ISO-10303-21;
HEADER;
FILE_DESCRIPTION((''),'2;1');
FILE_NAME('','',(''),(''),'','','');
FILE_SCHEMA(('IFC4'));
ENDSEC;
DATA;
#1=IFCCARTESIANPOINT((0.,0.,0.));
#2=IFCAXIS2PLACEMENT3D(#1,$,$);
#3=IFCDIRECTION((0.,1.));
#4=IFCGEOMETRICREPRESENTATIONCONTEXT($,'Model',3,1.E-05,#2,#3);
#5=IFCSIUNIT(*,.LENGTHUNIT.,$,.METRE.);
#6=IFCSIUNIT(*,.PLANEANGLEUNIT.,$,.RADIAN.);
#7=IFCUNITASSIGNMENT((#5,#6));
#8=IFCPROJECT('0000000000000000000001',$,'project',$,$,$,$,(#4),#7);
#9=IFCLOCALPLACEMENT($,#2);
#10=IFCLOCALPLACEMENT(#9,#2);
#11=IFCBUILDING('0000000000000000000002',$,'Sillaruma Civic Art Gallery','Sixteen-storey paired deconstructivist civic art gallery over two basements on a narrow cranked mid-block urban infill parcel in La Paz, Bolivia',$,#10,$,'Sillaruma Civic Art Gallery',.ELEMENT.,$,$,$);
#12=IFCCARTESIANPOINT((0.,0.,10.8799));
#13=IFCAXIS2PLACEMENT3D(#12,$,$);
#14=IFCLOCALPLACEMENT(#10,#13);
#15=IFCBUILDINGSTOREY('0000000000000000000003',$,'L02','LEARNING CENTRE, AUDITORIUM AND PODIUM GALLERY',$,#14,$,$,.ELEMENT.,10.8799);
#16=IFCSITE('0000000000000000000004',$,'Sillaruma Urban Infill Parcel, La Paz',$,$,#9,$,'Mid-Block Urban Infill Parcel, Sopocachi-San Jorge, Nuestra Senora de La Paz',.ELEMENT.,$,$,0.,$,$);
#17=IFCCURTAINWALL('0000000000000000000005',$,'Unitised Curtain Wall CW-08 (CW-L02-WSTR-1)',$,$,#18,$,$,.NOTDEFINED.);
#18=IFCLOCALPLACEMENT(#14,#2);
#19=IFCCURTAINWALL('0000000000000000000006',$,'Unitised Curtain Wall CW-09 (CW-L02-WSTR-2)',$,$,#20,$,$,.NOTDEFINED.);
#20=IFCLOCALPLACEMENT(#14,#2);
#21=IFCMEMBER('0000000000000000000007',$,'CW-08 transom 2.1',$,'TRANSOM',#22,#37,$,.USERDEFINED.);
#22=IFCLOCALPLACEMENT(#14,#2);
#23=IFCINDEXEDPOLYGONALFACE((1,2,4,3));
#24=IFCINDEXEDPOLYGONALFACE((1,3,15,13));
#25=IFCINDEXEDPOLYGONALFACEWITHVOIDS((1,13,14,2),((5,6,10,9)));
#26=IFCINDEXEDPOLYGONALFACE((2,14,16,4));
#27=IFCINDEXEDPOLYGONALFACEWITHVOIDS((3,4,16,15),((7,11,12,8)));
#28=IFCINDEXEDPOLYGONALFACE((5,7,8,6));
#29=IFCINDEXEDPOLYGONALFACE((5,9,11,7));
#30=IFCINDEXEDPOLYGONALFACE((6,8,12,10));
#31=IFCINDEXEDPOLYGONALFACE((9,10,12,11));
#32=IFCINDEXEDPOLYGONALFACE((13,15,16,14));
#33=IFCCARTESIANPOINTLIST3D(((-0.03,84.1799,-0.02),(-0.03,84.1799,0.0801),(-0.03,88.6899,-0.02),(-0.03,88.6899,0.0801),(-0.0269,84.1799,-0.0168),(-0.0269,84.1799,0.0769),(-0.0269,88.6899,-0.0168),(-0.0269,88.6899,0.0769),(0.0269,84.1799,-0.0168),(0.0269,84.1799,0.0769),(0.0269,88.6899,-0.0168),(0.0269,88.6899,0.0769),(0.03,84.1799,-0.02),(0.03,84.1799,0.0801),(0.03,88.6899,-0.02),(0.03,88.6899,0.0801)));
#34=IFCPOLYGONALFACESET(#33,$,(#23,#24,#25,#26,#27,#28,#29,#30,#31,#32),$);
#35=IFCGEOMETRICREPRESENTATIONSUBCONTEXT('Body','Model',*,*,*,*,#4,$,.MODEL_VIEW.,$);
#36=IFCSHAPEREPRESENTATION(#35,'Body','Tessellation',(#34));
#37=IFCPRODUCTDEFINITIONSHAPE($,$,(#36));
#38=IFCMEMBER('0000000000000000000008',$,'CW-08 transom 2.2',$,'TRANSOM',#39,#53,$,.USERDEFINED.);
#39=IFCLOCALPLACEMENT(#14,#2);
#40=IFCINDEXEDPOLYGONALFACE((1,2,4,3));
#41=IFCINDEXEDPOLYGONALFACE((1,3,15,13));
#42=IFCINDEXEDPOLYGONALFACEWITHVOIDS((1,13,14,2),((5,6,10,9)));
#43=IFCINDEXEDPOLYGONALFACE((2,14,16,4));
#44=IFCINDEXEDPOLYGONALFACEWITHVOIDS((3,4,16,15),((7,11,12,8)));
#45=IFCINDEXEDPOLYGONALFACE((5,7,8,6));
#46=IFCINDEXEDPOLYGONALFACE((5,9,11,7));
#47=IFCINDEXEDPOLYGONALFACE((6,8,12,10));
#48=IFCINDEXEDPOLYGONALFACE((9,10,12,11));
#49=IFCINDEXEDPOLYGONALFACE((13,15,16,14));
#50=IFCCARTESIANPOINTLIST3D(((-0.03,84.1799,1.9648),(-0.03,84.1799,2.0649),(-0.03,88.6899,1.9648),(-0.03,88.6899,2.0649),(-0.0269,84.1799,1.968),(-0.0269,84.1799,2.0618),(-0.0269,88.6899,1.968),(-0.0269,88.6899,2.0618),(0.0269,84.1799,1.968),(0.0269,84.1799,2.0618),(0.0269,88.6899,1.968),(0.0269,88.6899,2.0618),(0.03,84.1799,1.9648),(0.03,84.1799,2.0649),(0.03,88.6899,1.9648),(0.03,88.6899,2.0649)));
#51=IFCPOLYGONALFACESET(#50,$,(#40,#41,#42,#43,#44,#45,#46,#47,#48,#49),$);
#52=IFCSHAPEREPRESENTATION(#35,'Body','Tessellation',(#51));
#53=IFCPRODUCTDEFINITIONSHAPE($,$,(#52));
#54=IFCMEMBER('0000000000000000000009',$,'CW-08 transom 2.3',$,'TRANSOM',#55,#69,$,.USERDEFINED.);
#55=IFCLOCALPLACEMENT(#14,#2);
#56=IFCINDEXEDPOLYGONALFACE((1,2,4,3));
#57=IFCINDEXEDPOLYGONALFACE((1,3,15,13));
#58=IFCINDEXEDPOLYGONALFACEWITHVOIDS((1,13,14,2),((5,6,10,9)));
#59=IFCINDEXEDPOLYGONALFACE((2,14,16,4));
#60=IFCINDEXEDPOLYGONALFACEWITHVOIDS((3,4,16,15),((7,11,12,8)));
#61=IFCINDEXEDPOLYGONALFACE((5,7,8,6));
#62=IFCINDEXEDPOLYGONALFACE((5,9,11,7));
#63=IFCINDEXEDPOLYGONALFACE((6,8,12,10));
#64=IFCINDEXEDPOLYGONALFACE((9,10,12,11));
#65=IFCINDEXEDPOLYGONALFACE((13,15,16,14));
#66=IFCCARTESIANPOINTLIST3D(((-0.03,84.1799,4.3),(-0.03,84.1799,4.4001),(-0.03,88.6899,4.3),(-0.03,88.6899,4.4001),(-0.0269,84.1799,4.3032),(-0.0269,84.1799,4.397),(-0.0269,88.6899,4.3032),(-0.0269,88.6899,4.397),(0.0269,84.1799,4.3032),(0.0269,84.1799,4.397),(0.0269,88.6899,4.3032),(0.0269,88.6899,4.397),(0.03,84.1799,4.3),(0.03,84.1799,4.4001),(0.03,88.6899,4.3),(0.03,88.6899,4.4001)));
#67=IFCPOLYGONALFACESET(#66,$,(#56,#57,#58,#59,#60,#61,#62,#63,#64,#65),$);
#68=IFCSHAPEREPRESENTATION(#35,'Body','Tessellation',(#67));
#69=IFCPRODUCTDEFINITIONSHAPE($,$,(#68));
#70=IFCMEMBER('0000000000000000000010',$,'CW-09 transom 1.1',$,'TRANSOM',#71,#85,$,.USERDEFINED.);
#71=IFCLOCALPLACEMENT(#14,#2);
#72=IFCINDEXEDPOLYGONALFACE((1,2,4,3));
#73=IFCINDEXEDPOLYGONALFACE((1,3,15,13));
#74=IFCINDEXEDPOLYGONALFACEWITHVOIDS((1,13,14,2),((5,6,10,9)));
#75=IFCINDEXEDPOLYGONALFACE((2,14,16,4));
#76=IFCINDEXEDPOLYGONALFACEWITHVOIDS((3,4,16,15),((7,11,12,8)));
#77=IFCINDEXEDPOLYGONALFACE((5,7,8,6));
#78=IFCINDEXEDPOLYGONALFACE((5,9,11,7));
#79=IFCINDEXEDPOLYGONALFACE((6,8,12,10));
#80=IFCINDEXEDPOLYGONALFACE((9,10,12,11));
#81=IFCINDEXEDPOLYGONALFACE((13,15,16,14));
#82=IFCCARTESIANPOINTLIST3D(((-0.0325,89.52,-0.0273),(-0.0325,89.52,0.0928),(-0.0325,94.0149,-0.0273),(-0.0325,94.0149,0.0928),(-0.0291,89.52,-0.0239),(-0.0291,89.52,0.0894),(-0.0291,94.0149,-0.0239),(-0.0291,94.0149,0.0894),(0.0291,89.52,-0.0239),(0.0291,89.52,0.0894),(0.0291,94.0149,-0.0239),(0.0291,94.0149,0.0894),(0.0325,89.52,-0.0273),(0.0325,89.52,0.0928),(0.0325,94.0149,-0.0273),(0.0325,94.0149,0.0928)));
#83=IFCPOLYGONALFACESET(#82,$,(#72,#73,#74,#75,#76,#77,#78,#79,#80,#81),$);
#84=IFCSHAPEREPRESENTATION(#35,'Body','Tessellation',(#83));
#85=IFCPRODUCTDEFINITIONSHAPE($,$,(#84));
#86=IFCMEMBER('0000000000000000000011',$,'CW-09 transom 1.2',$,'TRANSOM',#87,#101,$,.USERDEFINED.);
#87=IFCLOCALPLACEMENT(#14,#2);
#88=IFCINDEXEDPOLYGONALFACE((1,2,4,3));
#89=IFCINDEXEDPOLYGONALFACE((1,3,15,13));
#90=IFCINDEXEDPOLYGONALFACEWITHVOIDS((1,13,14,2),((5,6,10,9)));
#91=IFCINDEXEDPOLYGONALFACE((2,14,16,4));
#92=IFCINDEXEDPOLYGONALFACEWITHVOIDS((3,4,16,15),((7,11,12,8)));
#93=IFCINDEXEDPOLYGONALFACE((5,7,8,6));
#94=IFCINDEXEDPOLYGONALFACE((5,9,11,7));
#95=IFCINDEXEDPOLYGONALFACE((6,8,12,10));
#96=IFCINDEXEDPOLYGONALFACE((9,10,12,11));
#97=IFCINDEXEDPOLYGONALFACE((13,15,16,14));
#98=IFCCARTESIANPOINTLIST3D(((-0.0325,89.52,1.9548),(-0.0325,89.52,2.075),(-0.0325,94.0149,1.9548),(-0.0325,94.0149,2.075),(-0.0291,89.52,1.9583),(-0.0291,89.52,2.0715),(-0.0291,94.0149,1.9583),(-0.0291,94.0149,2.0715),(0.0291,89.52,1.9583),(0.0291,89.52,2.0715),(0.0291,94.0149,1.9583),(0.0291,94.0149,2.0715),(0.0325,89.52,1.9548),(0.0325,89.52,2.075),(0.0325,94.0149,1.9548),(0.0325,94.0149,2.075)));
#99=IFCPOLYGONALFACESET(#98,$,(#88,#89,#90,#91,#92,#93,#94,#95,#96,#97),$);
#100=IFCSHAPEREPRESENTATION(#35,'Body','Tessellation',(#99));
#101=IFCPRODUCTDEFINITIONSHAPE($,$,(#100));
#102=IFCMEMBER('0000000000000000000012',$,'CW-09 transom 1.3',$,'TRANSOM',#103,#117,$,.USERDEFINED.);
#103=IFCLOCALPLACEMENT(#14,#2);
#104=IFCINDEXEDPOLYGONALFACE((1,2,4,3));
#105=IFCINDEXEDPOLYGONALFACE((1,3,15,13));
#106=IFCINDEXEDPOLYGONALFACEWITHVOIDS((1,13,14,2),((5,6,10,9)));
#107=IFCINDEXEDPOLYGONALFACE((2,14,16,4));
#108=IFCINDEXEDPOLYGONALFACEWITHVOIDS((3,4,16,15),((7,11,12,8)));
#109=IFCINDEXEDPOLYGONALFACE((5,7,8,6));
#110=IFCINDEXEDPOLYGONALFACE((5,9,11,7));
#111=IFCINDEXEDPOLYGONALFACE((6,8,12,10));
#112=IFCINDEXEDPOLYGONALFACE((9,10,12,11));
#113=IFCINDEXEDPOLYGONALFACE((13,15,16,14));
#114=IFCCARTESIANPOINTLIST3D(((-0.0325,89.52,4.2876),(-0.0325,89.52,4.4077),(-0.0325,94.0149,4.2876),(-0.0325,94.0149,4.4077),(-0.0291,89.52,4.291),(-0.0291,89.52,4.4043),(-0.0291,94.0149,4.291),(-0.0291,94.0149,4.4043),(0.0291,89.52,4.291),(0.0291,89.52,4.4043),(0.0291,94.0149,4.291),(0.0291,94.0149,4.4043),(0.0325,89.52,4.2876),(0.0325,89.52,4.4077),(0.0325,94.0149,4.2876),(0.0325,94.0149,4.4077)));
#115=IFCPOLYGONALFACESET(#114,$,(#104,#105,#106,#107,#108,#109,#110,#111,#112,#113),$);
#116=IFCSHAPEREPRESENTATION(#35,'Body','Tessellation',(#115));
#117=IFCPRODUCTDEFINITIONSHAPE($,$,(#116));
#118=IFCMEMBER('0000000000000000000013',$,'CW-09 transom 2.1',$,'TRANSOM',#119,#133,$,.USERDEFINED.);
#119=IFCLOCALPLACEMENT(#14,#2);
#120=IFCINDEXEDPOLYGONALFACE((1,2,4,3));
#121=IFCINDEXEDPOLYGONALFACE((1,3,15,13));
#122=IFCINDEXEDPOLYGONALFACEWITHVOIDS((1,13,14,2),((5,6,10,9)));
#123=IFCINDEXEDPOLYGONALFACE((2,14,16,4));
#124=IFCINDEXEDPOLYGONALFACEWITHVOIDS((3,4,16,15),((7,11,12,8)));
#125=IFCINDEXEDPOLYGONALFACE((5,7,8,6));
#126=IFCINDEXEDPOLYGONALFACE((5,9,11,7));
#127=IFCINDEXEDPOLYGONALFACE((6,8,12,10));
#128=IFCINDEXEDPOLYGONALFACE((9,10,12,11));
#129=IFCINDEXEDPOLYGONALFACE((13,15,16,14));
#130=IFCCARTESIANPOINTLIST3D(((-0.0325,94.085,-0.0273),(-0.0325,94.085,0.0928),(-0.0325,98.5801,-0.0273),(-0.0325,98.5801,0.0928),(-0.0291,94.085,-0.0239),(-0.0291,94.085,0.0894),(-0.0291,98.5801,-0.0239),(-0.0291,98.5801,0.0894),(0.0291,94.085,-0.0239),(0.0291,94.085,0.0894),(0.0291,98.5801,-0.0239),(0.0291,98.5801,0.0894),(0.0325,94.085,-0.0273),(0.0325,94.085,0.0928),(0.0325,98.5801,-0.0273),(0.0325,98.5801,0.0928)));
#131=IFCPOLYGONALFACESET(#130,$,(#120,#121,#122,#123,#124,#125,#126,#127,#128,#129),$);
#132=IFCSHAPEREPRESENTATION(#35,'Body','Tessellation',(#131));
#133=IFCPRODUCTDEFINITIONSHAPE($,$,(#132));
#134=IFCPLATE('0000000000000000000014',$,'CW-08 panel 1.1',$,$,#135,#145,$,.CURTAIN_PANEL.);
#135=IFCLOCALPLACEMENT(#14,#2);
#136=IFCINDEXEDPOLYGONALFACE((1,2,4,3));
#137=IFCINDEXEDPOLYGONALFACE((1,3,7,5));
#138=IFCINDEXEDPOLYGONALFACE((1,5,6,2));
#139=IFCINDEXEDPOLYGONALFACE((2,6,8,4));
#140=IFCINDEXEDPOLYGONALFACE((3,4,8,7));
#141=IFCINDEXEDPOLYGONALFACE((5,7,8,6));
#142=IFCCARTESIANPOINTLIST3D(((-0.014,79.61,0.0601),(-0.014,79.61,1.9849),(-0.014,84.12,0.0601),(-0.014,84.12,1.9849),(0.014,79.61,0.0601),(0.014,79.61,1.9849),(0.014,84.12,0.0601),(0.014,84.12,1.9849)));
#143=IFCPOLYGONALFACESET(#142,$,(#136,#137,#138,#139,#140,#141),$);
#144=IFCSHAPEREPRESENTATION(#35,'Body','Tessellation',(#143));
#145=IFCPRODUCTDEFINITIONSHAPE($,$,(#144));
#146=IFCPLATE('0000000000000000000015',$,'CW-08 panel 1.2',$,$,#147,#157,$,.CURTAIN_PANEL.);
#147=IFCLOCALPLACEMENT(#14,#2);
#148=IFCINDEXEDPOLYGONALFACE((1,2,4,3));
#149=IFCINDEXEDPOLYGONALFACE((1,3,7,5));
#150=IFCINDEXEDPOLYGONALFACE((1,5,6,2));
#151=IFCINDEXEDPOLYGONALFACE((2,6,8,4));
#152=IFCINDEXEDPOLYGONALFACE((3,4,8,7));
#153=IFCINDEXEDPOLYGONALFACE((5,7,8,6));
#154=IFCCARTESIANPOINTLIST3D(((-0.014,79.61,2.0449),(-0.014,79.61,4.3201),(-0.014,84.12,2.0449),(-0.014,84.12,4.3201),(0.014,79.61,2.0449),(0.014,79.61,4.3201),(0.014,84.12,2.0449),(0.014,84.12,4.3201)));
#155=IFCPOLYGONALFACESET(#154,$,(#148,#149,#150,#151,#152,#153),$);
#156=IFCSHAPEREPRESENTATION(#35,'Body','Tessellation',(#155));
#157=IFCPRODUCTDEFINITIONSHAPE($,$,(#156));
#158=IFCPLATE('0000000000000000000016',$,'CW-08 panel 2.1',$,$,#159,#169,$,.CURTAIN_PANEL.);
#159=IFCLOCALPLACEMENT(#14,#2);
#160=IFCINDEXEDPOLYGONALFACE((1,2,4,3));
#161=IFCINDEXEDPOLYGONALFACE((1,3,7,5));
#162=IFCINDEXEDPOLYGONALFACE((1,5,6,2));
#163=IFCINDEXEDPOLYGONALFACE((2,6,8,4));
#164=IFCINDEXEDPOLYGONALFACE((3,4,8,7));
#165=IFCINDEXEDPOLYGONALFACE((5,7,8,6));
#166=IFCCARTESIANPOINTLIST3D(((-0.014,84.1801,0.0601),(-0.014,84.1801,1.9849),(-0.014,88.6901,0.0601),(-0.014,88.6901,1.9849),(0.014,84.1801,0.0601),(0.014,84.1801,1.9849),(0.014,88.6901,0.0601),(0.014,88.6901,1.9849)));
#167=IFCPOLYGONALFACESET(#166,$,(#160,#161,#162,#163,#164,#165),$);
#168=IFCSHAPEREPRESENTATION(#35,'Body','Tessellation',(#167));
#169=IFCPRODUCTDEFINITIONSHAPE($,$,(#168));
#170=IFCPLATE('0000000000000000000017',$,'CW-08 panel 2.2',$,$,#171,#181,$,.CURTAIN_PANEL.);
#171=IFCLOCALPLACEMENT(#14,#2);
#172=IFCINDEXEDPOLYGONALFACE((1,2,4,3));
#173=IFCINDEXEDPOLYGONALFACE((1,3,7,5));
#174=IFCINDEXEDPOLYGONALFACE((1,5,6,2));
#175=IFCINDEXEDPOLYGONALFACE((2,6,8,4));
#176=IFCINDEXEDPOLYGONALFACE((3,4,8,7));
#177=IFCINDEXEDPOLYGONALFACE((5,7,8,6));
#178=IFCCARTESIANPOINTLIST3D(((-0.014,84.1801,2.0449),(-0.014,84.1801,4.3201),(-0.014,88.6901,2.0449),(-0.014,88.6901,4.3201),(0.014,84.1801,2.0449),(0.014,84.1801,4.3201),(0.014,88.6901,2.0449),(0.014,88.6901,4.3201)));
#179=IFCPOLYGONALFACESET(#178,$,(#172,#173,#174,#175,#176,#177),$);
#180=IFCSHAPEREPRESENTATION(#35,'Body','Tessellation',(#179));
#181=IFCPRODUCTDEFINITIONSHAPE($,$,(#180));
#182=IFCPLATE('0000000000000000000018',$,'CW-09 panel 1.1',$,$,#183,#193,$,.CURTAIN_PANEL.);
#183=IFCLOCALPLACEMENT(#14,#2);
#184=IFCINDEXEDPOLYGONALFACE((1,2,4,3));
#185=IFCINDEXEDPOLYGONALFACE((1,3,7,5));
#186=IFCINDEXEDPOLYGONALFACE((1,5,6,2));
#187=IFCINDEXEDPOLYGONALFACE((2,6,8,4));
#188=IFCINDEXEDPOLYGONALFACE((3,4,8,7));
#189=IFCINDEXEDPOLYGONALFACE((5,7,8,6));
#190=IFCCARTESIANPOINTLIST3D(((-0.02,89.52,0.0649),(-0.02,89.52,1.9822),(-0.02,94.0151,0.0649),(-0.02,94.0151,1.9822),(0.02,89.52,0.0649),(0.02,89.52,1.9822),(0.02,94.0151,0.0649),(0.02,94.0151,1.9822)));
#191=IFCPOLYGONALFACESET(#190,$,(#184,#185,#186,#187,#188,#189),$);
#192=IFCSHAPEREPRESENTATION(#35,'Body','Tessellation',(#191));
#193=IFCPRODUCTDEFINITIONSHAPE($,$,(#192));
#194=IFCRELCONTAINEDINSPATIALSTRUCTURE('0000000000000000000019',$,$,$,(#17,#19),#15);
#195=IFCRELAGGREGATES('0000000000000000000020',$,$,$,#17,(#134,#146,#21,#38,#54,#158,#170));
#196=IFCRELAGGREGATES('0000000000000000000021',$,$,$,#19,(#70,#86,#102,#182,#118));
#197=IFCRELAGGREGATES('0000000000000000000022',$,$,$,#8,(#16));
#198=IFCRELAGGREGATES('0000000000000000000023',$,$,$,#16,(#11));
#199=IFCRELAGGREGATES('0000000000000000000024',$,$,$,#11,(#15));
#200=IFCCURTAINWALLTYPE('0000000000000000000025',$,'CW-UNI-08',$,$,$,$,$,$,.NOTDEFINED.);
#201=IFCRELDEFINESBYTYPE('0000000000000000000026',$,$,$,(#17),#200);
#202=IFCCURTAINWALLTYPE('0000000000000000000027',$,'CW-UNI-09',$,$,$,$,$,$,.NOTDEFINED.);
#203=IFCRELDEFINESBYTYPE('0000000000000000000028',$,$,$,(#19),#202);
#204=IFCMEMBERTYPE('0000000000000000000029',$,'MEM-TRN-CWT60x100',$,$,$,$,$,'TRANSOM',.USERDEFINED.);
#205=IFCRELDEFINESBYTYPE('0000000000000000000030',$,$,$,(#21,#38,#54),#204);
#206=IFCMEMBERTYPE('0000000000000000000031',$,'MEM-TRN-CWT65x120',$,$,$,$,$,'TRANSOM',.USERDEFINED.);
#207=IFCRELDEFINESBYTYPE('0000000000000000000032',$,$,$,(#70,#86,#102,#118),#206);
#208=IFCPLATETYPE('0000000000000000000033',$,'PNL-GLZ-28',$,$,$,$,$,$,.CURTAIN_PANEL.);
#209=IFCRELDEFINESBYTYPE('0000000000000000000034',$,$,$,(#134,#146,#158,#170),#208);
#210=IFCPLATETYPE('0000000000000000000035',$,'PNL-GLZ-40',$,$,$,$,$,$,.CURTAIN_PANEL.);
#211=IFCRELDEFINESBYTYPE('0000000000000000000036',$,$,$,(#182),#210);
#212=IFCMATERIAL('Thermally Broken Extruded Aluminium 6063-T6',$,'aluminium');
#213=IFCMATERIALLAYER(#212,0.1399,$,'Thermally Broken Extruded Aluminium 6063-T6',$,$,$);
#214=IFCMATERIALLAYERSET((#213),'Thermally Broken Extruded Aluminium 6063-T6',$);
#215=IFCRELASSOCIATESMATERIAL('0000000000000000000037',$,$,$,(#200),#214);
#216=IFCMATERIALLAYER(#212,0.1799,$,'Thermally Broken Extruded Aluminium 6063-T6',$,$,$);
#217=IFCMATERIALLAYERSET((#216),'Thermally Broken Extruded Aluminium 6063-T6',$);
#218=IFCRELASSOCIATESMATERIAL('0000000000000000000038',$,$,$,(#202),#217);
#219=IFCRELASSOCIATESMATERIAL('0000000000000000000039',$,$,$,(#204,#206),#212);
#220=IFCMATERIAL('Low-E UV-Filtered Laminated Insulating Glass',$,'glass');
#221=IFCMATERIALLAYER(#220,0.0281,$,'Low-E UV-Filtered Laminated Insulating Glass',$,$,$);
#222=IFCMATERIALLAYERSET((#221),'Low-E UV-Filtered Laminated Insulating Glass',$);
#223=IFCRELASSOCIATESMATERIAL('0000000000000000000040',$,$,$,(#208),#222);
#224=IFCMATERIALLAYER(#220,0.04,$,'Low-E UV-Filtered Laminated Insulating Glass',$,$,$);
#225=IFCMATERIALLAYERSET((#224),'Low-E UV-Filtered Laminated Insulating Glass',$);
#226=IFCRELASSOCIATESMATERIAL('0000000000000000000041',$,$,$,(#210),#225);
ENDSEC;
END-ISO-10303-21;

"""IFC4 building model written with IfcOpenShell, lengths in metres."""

from ifc_helpers import new_model, si_unit, direction, frame, origin, origin_2d, place, context, subcontext, project, spatial, rectangle, hollow_rectangle, extrude, material, layer, layer_set, material_profile, profile_set, type_object, element, aggregate, save


model = new_model("IFC4")

# Units and contexts
model_context = context("Model", 3, precision=1e-05, world=origin(), true_north=direction((0.0, 1.0)))
body_context = subcontext(model_context, "Body", "Model", "MODEL_VIEW")
ifc_project = project(units=[si_unit("LENGTHUNIT", "METRE"), si_unit("PLANEANGLEUNIT", "RADIAN")], contexts=[model_context])

# Site, building, storey
site_placement = place(None, origin())
site = spatial("IfcSite", under=ifc_project, at=site_placement, Name="Sillaruma Urban Infill Parcel, La Paz", LongName="Mid-Block Urban Infill Parcel, Sopocachi-San Jorge, Nuestra Senora de La Paz", CompositionType="ELEMENT", RefElevation=0.0)
building_placement = place(site_placement, origin())
building = spatial("IfcBuilding", under=site, at=building_placement, Name="Sillaruma Civic Art Gallery", Description="Sixteen-storey paired deconstructivist civic art gallery over two basements on a narrow cranked mid-block urban infill parcel in La Paz, Bolivia", LongName="Sillaruma Civic Art Gallery", CompositionType="ELEMENT")
storey_placement = place(building_placement, frame((0.0, 0.0, 10.8799)))
storey = spatial("IfcBuildingStorey", under=building, at=storey_placement, Name="L02", Description="LEARNING CENTRE, AUDITORIUM AND PODIUM GALLERY", CompositionType="ELEMENT", Elevation=10.8799)

# Curtain walls
ifc_material_1 = material(Name="Thermally Broken Extruded Aluminium 6063-T6", Category="aluminium")
ifc_layer_1 = layer(ifc_material_1, 0.1399, Name="Thermally Broken Extruded Aluminium 6063-T6")
ifc_layer_set_1 = layer_set([ifc_layer_1], Name="Thermally Broken Extruded Aluminium 6063-T6")
curtain_wall_type_1 = type_object("IfcCurtainWallType", Name="CW-UNI-08", PredefinedType="NOTDEFINED", material=ifc_layer_set_1)
curtain_wall_1_placement = place(storey_placement, origin())
curtain_wall_1 = element("IfcCurtainWall", 1, at=curtain_wall_1_placement, inside=storey, type_object=curtain_wall_type_1, Name="Unitised Curtain Wall CW-08 (CW-L02-WSTR-1)", PredefinedType="NOTDEFINED")
ifc_layer_2 = layer(ifc_material_1, 0.1799, Name="Thermally Broken Extruded Aluminium 6063-T6")
ifc_layer_set_2 = layer_set([ifc_layer_2], Name="Thermally Broken Extruded Aluminium 6063-T6")
curtain_wall_type_2 = type_object("IfcCurtainWallType", Name="CW-UNI-09", PredefinedType="NOTDEFINED", material=ifc_layer_set_2)
curtain_wall_2_placement = place(storey_placement, origin())
curtain_wall_2 = element("IfcCurtainWall", 2, at=curtain_wall_2_placement, inside=storey, type_object=curtain_wall_type_2, Name="Unitised Curtain Wall CW-09 (CW-L02-WSTR-2)", PredefinedType="NOTDEFINED")

# Members
ifc_material_profile_1 = material_profile(ifc_material_1, hollow_rectangle(XDim=0.0601, YDim=0.1001, WallThickness=0.0032, at=origin_2d()), Name="CWT60x100")
ifc_profile_set_1 = profile_set([ifc_material_profile_1], Name="Thermally Broken Extruded Aluminium 6063-T6")
member_type_1 = type_object("IfcMemberType", Name="MEM-TRN-CWT60x100", ElementType="TRANSOM", PredefinedType="USERDEFINED", material=ifc_profile_set_1)
member_1_placement = place(storey_placement, frame((0.0, 84.1799, 0.03), z_axis=(0.0, 1.0, 0.0), x_axis=(-1.0, 0.0, 0.0)))
member_1 = element("IfcMember", 3, at=member_1_placement, type_object=member_type_1, Name="CW-08 transom 2.1", ObjectType="TRANSOM", PredefinedType="USERDEFINED", context=body_context, shape_type="SweptSolid", body=[
    extrude(hollow_rectangle(XDim=0.0601, YDim=0.1001, WallThickness=0.0032, at=origin_2d()), origin(), (0.0, 0.0, 1.0), 4.51),
])
member_2_placement = place(storey_placement, frame((0.0, 84.1799, 2.0149), z_axis=(0.0, 1.0, 0.0), x_axis=(-1.0, 0.0, 0.0)))
member_2 = element("IfcMember", 4, at=member_2_placement, type_object=member_type_1, Name="CW-08 transom 2.2", ObjectType="TRANSOM", PredefinedType="USERDEFINED", context=body_context, shape_type="SweptSolid", body=[
    extrude(hollow_rectangle(XDim=0.0601, YDim=0.1001, WallThickness=0.0032, at=origin_2d()), origin(), (0.0, 0.0, 1.0), 4.51),
])
member_3_placement = place(storey_placement, frame((0.0, 84.1799, 4.3501), z_axis=(0.0, 1.0, 0.0), x_axis=(-1.0, 0.0, 0.0)))
member_3 = element("IfcMember", 5, at=member_3_placement, type_object=member_type_1, Name="CW-08 transom 2.3", ObjectType="TRANSOM", PredefinedType="USERDEFINED", context=body_context, shape_type="SweptSolid", body=[
    extrude(hollow_rectangle(XDim=0.0601, YDim=0.1001, WallThickness=0.0032, at=origin_2d()), origin(), (0.0, 0.0, 1.0), 4.51),
])
ifc_material_profile_2 = material_profile(ifc_material_1, hollow_rectangle(XDim=0.0649, YDim=0.1201, WallThickness=0.0034, at=origin_2d()), Name="CWT65x120")
ifc_profile_set_2 = profile_set([ifc_material_profile_2], Name="Thermally Broken Extruded Aluminium 6063-T6")
member_type_2 = type_object("IfcMemberType", Name="MEM-TRN-CWT65x120", ElementType="TRANSOM", PredefinedType="USERDEFINED", material=ifc_profile_set_2)
member_4_placement = place(storey_placement, frame((0.0, 89.52, 0.0327), z_axis=(0.0, 1.0, 0.0), x_axis=(-1.0, 0.0, 0.0)))
member_4 = element("IfcMember", 6, at=member_4_placement, type_object=member_type_2, Name="CW-09 transom 1.1", ObjectType="TRANSOM", PredefinedType="USERDEFINED", context=body_context, shape_type="SweptSolid", body=[
    extrude(hollow_rectangle(XDim=0.0649, YDim=0.1201, WallThickness=0.0034, at=origin_2d()), origin(), (0.0, 0.0, 1.0), 4.4949),
])
member_5_placement = place(storey_placement, frame((0.0, 89.52, 2.0149), z_axis=(0.0, 1.0, 0.0), x_axis=(-1.0, 0.0, 0.0)))
member_5 = element("IfcMember", 7, at=member_5_placement, type_object=member_type_2, Name="CW-09 transom 1.2", ObjectType="TRANSOM", PredefinedType="USERDEFINED", context=body_context, shape_type="SweptSolid", body=[
    extrude(hollow_rectangle(XDim=0.0649, YDim=0.1201, WallThickness=0.0034, at=origin_2d()), origin(), (0.0, 0.0, 1.0), 4.4949),
])
member_6_placement = place(storey_placement, frame((0.0, 89.52, 4.3477), z_axis=(0.0, 1.0, 0.0), x_axis=(-1.0, 0.0, 0.0)))
member_6 = element("IfcMember", 8, at=member_6_placement, type_object=member_type_2, Name="CW-09 transom 1.3", ObjectType="TRANSOM", PredefinedType="USERDEFINED", context=body_context, shape_type="SweptSolid", body=[
    extrude(hollow_rectangle(XDim=0.0649, YDim=0.1201, WallThickness=0.0034, at=origin_2d()), origin(), (0.0, 0.0, 1.0), 4.4949),
])
member_7_placement = place(storey_placement, frame((0.0, 94.085, 0.0327), z_axis=(0.0, 1.0, 0.0), x_axis=(-1.0, 0.0, 0.0)))
member_7 = element("IfcMember", 9, at=member_7_placement, type_object=member_type_2, Name="CW-09 transom 2.1", ObjectType="TRANSOM", PredefinedType="USERDEFINED", context=body_context, shape_type="SweptSolid", body=[
    extrude(hollow_rectangle(XDim=0.0649, YDim=0.1201, WallThickness=0.0034, at=origin_2d()), origin(), (0.0, 0.0, 1.0), 4.4951),
])

# Plates
ifc_material_2 = material(Name="Low-E UV-Filtered Laminated Insulating Glass", Category="glass")
ifc_layer_3 = layer(ifc_material_2, 0.0281, Name="Low-E UV-Filtered Laminated Insulating Glass")
ifc_layer_set_3 = layer_set([ifc_layer_3], Name="Low-E UV-Filtered Laminated Insulating Glass")
plate_type_1 = type_object("IfcPlateType", Name="PNL-GLZ-28", PredefinedType="CURTAIN_PANEL", material=ifc_layer_set_3)
plate_1_placement = place(storey_placement, frame((0.0, 81.865, 0.0601), z_axis=(0.0, 0.0, 1.0), x_axis=(0.0, 1.0, 0.0)))
plate_1 = element("IfcPlate", 10, at=plate_1_placement, type_object=plate_type_1, Name="CW-08 panel 1.1", PredefinedType="CURTAIN_PANEL", context=body_context, shape_type="SweptSolid", body=[
    extrude(rectangle(XDim=4.51, YDim=0.0281, at=origin_2d()), origin(), (0.0, 0.0, 1.0), 1.9248),
])
plate_2_placement = place(storey_placement, frame((0.0, 81.865, 2.0449), z_axis=(0.0, 0.0, 1.0), x_axis=(0.0, 1.0, 0.0)))
plate_2 = element("IfcPlate", 11, at=plate_2_placement, type_object=plate_type_1, Name="CW-08 panel 1.2", PredefinedType="CURTAIN_PANEL", context=body_context, shape_type="SweptSolid", body=[
    extrude(rectangle(XDim=4.51, YDim=0.0281, at=origin_2d()), origin(), (0.0, 0.0, 1.0), 2.2751),
])
plate_3_placement = place(storey_placement, frame((0.0, 86.4351, 0.0601), z_axis=(0.0, 0.0, 1.0), x_axis=(0.0, 1.0, 0.0)))
plate_3 = element("IfcPlate", 12, at=plate_3_placement, type_object=plate_type_1, Name="CW-08 panel 2.1", PredefinedType="CURTAIN_PANEL", context=body_context, shape_type="SweptSolid", body=[
    extrude(rectangle(XDim=4.51, YDim=0.0281, at=origin_2d()), origin(), (0.0, 0.0, 1.0), 1.9248),
])
plate_4_placement = place(storey_placement, frame((0.0, 86.4351, 2.0449), z_axis=(0.0, 0.0, 1.0), x_axis=(0.0, 1.0, 0.0)))
plate_4 = element("IfcPlate", 13, at=plate_4_placement, type_object=plate_type_1, Name="CW-08 panel 2.2", PredefinedType="CURTAIN_PANEL", context=body_context, shape_type="SweptSolid", body=[
    extrude(rectangle(XDim=4.51, YDim=0.0281, at=origin_2d()), origin(), (0.0, 0.0, 1.0), 2.2751),
])
aggregate(curtain_wall_1, [plate_1, plate_2, member_1, member_2, member_3, plate_3, plate_4])
ifc_layer_4 = layer(ifc_material_2, 0.04, Name="Low-E UV-Filtered Laminated Insulating Glass")
ifc_layer_set_4 = layer_set([ifc_layer_4], Name="Low-E UV-Filtered Laminated Insulating Glass")
plate_type_2 = type_object("IfcPlateType", Name="PNL-GLZ-40", PredefinedType="CURTAIN_PANEL", material=ifc_layer_set_4)
plate_5_placement = place(storey_placement, frame((0.0, 91.7676, 0.0649), z_axis=(0.0, 0.0, 1.0), x_axis=(0.0, 1.0, 0.0)))
plate_5 = element("IfcPlate", 14, at=plate_5_placement, type_object=plate_type_2, Name="CW-09 panel 1.1", PredefinedType="CURTAIN_PANEL", context=body_context, shape_type="SweptSolid", body=[
    extrude(rectangle(XDim=4.4951, YDim=0.04, at=origin_2d()), origin(), (0.0, 0.0, 1.0), 1.9172),
])
aggregate(curtain_wall_2, [member_4, member_5, member_6, plate_5, member_7])

save(model, "model.ifc")
